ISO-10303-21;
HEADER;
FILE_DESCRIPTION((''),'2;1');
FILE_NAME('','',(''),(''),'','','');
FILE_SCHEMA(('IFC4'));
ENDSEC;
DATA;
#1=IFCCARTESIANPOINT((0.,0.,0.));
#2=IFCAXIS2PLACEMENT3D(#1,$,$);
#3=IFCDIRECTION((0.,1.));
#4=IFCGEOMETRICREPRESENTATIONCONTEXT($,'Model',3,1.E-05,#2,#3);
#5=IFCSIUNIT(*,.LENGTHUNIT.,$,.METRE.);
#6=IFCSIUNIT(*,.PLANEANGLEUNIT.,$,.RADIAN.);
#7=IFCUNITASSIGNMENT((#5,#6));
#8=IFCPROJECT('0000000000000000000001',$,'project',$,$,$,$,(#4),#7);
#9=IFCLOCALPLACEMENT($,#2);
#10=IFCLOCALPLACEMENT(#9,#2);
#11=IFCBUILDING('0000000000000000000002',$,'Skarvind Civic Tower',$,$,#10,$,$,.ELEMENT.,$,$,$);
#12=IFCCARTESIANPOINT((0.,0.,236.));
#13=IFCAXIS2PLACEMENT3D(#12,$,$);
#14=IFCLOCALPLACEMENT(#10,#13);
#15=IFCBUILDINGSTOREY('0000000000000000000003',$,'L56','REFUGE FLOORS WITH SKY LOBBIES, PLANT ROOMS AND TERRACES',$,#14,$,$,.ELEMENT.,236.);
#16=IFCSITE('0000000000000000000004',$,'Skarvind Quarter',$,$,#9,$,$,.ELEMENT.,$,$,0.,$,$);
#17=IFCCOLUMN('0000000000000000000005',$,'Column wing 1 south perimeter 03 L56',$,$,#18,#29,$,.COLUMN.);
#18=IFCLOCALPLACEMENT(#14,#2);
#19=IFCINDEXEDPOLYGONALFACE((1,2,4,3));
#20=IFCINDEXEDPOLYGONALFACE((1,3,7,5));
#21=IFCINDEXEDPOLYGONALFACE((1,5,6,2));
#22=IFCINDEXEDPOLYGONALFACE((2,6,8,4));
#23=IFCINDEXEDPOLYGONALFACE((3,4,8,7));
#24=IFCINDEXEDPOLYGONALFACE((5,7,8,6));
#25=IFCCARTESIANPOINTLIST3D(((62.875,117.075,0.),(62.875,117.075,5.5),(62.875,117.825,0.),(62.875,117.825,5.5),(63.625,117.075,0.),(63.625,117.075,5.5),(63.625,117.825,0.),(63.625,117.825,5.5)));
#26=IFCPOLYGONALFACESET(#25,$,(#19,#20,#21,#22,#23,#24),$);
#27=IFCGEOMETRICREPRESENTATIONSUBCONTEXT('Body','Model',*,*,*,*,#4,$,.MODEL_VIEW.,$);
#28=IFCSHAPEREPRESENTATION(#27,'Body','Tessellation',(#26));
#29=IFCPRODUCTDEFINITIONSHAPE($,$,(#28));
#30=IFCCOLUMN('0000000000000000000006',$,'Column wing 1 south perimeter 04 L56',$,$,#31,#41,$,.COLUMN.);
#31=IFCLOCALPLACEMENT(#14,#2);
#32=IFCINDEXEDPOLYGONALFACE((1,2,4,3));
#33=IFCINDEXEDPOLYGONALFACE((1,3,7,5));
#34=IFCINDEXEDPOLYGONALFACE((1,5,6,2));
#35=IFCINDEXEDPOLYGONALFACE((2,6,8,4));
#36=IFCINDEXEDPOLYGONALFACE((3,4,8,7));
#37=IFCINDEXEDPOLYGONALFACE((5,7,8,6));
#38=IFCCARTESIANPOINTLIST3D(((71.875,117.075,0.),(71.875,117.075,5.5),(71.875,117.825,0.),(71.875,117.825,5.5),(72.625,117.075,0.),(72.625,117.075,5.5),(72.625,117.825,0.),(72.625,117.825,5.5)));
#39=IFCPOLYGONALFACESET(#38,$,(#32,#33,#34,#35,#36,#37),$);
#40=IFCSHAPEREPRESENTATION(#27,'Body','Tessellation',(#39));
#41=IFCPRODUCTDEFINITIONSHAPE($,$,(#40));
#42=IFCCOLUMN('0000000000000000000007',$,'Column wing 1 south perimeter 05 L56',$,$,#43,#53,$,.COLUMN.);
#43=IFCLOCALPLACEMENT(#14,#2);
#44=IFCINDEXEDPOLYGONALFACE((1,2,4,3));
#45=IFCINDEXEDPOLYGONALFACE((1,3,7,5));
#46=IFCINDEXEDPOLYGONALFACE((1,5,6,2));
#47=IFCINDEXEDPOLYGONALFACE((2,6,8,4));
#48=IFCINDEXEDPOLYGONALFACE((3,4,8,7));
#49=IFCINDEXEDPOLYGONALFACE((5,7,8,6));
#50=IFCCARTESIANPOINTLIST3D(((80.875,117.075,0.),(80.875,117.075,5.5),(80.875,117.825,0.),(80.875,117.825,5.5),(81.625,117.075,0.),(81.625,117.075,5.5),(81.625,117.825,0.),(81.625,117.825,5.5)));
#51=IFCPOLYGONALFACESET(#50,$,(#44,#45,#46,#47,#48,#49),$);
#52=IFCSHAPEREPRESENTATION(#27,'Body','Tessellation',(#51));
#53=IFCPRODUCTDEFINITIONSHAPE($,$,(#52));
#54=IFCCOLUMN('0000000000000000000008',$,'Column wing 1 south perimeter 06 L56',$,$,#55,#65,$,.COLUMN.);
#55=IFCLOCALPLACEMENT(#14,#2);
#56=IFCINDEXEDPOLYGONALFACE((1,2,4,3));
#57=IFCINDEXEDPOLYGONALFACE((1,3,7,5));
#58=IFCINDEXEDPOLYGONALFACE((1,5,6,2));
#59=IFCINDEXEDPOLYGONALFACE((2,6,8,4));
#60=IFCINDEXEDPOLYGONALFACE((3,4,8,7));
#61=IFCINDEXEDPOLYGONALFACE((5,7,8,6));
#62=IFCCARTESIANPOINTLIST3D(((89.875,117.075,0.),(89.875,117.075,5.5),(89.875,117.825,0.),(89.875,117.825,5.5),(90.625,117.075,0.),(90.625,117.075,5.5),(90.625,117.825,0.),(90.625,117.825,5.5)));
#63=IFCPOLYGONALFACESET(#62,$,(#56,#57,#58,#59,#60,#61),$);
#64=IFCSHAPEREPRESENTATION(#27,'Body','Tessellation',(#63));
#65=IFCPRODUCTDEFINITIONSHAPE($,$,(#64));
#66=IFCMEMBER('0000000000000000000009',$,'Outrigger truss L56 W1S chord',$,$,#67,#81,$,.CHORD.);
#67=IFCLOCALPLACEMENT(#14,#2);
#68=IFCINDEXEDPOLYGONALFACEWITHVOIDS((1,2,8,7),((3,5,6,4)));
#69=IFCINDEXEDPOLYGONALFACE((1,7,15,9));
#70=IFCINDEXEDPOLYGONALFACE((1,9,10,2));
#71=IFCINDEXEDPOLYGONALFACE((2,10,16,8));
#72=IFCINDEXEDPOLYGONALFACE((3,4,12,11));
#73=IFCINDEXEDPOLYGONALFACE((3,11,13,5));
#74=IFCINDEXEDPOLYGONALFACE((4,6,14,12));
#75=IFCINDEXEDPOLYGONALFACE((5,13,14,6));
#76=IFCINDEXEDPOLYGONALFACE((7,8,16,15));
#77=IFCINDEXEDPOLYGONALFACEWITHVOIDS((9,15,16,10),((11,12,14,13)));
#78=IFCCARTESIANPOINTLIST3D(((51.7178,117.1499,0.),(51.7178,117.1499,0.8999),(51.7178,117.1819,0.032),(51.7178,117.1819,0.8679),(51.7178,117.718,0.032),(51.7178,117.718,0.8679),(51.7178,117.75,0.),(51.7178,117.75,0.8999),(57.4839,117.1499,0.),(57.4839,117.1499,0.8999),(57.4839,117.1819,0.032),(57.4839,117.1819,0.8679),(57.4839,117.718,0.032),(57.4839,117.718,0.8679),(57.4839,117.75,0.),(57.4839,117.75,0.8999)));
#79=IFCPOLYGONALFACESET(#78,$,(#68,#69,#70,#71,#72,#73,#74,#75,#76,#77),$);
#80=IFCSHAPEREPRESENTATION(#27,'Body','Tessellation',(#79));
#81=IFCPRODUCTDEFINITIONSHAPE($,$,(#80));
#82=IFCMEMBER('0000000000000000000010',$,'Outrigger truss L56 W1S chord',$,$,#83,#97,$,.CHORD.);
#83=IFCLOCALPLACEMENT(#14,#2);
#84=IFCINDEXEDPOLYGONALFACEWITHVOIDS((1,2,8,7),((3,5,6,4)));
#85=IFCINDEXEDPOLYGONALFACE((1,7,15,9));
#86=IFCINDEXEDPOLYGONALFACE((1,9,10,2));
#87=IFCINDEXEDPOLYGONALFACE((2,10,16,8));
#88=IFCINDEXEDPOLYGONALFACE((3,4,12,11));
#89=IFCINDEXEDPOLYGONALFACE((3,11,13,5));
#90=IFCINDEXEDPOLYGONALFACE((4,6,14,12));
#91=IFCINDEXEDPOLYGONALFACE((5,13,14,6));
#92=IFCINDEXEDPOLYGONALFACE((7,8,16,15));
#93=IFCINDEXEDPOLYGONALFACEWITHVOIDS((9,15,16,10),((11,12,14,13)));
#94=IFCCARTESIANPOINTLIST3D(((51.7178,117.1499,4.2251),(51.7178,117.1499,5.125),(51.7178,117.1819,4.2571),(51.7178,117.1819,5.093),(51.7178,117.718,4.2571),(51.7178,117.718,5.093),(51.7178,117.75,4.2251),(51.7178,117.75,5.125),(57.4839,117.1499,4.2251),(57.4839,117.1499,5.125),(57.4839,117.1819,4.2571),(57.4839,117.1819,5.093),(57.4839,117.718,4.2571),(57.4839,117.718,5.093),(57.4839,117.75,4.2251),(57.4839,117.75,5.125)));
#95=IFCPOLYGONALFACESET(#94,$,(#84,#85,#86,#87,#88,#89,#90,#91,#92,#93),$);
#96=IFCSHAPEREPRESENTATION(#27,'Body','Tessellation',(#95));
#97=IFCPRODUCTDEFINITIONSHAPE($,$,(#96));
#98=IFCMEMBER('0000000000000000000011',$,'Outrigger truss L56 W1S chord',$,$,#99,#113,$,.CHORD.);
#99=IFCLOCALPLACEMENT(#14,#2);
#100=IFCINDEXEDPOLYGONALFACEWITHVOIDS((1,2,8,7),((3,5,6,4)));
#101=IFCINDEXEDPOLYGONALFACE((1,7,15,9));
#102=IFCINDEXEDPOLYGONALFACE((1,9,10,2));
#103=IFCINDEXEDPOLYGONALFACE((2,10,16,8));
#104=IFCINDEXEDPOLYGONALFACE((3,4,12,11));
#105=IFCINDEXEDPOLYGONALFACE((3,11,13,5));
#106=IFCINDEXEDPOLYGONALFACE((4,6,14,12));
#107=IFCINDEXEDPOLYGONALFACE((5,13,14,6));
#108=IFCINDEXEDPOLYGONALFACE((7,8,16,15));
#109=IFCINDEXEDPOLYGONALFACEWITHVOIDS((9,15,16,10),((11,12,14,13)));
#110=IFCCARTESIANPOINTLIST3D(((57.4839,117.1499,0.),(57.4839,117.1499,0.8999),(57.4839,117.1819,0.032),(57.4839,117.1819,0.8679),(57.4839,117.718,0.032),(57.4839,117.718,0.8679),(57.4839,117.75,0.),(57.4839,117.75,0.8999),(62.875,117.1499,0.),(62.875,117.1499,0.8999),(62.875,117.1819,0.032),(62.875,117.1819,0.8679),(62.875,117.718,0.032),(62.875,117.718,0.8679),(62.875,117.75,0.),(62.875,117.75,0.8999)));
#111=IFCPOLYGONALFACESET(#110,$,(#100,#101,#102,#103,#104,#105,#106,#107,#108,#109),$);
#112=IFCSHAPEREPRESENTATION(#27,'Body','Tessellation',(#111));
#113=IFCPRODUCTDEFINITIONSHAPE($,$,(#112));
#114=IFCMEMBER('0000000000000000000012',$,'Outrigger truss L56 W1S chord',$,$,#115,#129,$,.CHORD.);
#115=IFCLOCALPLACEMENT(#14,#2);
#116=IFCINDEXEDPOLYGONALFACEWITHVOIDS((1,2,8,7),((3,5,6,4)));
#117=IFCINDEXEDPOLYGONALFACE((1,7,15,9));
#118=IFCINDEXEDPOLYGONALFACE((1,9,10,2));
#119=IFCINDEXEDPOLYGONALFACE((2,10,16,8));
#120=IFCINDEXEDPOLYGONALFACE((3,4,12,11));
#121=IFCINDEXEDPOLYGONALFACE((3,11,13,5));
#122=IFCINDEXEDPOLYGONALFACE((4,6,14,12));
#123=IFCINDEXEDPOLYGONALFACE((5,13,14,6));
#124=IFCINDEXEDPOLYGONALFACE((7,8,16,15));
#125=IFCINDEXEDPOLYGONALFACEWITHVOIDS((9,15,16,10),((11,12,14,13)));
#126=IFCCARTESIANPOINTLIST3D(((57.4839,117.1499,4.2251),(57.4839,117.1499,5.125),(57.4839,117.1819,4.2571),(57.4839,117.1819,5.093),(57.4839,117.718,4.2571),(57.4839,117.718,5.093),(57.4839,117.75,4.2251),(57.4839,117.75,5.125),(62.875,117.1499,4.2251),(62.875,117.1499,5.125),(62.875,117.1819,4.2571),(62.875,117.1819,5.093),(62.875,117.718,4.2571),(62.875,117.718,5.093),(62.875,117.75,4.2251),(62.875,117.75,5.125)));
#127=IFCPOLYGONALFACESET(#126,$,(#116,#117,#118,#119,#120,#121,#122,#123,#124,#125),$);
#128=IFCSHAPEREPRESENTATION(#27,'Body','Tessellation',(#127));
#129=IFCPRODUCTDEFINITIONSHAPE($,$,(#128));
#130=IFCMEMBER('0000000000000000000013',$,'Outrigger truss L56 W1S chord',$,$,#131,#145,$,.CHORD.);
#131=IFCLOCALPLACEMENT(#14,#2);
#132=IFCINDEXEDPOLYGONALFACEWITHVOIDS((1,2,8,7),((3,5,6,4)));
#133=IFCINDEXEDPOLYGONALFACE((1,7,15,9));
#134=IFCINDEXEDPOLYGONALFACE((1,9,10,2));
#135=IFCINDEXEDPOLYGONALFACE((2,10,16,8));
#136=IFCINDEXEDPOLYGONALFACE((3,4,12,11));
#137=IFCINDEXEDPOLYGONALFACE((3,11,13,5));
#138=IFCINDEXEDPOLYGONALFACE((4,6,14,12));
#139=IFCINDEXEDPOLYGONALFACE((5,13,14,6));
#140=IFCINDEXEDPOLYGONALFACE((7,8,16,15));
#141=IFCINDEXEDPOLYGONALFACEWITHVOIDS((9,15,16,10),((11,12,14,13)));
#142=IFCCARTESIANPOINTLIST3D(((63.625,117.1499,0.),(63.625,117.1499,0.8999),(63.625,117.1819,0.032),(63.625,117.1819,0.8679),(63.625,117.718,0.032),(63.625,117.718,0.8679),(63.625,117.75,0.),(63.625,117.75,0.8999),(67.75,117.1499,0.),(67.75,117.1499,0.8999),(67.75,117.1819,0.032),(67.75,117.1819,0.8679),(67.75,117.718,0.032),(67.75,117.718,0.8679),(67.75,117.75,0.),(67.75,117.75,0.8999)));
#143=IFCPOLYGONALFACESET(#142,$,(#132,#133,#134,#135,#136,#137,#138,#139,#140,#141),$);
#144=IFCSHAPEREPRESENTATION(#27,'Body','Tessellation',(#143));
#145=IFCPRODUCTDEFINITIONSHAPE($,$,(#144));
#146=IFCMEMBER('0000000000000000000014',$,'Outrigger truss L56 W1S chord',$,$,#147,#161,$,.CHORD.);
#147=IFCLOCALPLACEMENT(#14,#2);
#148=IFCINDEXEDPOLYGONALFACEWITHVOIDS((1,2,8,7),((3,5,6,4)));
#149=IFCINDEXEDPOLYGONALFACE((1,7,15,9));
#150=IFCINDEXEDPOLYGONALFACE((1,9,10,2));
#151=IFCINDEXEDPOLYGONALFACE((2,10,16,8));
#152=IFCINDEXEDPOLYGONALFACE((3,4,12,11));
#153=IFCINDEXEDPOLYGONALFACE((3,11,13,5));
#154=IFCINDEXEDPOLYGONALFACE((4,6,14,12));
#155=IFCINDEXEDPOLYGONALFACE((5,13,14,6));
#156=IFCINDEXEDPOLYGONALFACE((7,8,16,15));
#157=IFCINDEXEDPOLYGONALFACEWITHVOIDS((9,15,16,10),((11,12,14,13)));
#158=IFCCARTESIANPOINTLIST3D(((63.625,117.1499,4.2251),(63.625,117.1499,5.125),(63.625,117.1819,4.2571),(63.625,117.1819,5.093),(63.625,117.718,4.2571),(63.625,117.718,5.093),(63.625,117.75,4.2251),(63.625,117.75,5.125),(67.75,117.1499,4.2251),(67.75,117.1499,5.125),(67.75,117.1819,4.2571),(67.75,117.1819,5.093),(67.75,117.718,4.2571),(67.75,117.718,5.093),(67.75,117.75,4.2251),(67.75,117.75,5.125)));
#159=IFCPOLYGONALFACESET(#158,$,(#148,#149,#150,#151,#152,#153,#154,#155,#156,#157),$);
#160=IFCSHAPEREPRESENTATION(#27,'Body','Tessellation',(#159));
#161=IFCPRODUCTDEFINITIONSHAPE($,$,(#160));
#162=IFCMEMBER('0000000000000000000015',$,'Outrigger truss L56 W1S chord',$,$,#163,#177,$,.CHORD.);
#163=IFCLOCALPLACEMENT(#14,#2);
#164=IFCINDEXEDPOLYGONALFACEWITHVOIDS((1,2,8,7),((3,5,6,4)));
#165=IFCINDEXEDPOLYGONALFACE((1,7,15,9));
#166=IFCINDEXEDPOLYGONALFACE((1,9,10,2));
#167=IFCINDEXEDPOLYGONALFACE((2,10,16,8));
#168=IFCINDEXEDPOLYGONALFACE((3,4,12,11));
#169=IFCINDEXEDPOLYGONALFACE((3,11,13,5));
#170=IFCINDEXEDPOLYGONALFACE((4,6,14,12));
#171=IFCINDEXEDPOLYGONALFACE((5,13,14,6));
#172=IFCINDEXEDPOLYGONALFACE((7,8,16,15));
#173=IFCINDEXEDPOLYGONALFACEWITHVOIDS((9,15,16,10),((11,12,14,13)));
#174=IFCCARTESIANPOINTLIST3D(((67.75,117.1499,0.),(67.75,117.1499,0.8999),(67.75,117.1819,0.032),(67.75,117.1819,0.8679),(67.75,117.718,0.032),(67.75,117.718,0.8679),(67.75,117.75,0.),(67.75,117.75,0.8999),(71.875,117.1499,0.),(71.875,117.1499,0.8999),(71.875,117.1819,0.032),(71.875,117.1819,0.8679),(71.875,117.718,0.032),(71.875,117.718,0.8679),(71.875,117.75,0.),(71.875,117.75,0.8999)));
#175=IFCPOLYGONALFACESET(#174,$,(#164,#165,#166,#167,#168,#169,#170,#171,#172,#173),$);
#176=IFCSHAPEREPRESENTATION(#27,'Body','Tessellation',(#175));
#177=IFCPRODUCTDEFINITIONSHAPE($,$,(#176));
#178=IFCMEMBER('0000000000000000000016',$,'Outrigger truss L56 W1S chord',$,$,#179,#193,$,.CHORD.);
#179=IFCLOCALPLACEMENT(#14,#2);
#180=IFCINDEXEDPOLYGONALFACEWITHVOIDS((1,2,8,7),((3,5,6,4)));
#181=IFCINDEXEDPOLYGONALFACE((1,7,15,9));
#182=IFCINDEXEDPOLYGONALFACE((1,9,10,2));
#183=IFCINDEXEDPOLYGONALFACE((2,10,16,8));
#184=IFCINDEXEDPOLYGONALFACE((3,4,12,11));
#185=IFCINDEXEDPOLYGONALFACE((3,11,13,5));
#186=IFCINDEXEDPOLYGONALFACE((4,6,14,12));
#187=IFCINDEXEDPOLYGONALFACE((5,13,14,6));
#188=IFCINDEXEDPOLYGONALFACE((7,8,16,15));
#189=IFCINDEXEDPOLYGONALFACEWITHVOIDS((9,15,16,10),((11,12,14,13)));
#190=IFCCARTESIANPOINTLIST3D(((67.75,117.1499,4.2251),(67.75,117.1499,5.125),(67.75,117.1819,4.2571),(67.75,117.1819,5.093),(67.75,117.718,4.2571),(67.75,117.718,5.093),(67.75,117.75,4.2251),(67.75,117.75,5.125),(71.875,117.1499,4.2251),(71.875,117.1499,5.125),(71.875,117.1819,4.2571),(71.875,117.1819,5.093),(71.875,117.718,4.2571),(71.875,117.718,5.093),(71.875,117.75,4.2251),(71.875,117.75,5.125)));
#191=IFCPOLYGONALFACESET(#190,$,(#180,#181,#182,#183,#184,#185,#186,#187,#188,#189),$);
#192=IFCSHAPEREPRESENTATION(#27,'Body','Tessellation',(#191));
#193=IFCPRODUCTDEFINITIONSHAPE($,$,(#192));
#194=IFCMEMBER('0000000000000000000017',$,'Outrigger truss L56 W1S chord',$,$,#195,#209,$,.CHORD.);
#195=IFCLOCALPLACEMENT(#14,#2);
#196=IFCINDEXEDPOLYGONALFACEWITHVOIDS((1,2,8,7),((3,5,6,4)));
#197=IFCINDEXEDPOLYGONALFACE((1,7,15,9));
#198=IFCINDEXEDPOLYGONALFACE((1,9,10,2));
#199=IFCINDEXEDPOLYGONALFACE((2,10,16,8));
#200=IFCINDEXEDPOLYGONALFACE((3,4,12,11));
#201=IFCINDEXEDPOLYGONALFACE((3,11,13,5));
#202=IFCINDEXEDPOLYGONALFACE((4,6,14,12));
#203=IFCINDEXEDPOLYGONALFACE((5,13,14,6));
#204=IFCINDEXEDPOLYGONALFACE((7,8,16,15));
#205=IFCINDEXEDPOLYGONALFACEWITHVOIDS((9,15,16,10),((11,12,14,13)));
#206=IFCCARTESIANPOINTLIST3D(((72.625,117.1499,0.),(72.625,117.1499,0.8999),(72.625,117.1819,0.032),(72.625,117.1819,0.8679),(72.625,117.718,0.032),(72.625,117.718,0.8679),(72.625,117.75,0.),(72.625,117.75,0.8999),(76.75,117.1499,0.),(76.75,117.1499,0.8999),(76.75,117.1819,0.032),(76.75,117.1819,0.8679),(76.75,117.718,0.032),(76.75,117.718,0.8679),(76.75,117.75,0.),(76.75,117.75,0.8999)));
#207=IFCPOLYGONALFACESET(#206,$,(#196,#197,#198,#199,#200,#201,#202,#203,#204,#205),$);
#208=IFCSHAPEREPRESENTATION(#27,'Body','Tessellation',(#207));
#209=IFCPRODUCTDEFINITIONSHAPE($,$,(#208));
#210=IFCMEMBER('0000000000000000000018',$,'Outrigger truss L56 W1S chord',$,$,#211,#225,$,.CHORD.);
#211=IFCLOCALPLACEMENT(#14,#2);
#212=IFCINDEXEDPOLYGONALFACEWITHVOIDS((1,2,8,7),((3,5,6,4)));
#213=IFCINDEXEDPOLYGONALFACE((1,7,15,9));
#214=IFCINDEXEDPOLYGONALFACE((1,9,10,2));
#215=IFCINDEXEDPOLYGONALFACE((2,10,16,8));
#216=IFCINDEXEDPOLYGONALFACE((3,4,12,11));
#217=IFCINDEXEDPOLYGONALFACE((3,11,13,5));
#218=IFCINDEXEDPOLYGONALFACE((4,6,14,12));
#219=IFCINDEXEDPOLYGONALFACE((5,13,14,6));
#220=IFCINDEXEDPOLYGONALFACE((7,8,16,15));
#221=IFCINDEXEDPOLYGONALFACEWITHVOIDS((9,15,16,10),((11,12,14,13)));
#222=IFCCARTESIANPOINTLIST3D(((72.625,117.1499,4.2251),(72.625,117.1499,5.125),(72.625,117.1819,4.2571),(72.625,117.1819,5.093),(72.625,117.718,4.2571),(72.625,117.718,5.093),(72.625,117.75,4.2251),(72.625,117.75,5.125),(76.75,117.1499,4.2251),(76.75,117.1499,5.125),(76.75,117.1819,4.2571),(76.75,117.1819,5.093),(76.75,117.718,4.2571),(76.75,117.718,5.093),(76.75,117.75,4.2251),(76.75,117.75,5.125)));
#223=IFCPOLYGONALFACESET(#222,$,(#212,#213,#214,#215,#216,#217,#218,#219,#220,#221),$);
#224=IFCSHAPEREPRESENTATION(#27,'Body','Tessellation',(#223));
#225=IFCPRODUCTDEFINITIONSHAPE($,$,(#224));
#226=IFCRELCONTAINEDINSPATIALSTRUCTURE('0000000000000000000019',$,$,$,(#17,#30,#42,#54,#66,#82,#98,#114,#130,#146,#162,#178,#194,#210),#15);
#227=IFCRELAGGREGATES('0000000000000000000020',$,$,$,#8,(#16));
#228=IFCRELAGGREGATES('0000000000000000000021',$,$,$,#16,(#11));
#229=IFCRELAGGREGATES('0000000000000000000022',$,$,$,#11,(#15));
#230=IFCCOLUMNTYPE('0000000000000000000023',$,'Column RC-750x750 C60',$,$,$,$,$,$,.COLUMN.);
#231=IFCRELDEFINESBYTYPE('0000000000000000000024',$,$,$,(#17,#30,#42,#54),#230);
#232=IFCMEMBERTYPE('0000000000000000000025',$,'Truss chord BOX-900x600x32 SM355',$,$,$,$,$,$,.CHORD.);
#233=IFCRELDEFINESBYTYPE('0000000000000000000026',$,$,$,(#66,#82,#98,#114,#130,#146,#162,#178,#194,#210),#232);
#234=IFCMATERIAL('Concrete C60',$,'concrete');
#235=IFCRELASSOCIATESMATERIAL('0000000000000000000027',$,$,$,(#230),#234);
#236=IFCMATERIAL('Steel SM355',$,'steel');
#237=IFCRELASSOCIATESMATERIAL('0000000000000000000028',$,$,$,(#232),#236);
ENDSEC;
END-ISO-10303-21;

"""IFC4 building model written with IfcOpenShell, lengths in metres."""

from ifc_helpers import new_model, si_unit, direction, frame, origin, origin_2d, place, context, subcontext, project, spatial, rectangle, hollow_rectangle, extrude, material, material_profile, profile_set, type_object, element, save


model = new_model("IFC4")

# Units and contexts
model_context = context("Model", 3, precision=1e-05, world=origin(), true_north=direction((0.0, 1.0)))
body_context = subcontext(model_context, "Body", "Model", "MODEL_VIEW")
ifc_project = project(units=[si_unit("LENGTHUNIT", "METRE"), si_unit("PLANEANGLEUNIT", "RADIAN")], contexts=[model_context])

# Site, building, storey
site_placement = place(None, origin())
site = spatial("IfcSite", under=ifc_project, at=site_placement, Name="Skarvind Quarter", CompositionType="ELEMENT", RefElevation=0.0)
building_placement = place(site_placement, origin())
building = spatial("IfcBuilding", under=site, at=building_placement, Name="Skarvind Civic Tower", CompositionType="ELEMENT")
storey_placement = place(building_placement, frame((0.0, 0.0, 236.0)))
storey = spatial("IfcBuildingStorey", under=building, at=storey_placement, Name="L56", Description="REFUGE FLOORS WITH SKY LOBBIES, PLANT ROOMS AND TERRACES", CompositionType="ELEMENT", Elevation=236.0)

# Columns
ifc_material_1 = material(Name="Concrete C60", Category="concrete")
ifc_material_profile_1 = material_profile(ifc_material_1, rectangle(XDim=0.75, YDim=0.75, at=origin_2d()), Name="RC-750x750")
ifc_profile_set_1 = profile_set([ifc_material_profile_1], Name="Concrete C60")
column_type = type_object("IfcColumnType", Name="Column RC-750x750 C60", PredefinedType="COLUMN", material=ifc_profile_set_1)
for number, where, z_axis, x_axis, name in (
    (1, (63.25, 117.45, 0.0), (0.0, 0.0, 1.0), (1.0, 0.0, 0.0), "Column wing 1 south perimeter 03 L56"),
    (2, (72.25, 117.45, 0.0), (0.0, 0.0, 1.0), (1.0, 0.0, 0.0), "Column wing 1 south perimeter 04 L56"),
    (3, (81.25, 117.45, 0.0), (0.0, 0.0, 1.0), (1.0, 0.0, 0.0), "Column wing 1 south perimeter 05 L56"),
    (4, (90.25, 117.45, 0.0), (0.0, 0.0, 1.0), (1.0, 0.0, 0.0), "Column wing 1 south perimeter 06 L56"),
):
    element("IfcColumn", number, at=place(storey_placement, frame(where, z_axis=z_axis, x_axis=x_axis)), inside=storey, type_object=column_type, Name=name, PredefinedType="COLUMN", context=body_context, shape_type="SweptSolid", body=[
        extrude(rectangle(XDim=0.75, YDim=0.75, at=origin_2d()), origin(), (0.0, 0.0, 1.0), 5.5),
    ])

# Members
ifc_material_2 = material(Name="Steel SM355", Category="steel")
ifc_material_profile_2 = material_profile(ifc_material_2, hollow_rectangle(XDim=0.6001, YDim=0.8999, WallThickness=0.032, at=origin_2d()), Name="BOX-900x600x32")
ifc_profile_set_2 = profile_set([ifc_material_profile_2], Name="Steel SM355")
member_type_1 = type_object("IfcMemberType", Name="Truss chord BOX-900x600x32 SM355", PredefinedType="CHORD", material=ifc_profile_set_2)
for number, where, z_axis, x_axis, name in (
    (5, (51.7178, 117.45, 0.45), (1.0, 0.0, 0.0), (0.0, 1.0, 0.0), "Outrigger truss L56 W1S chord"),
    (6, (51.7178, 117.45, 4.675), (1.0, 0.0, 0.0), (0.0, 1.0, 0.0), "Outrigger truss L56 W1S chord"),
):
    element("IfcMember", number, at=place(storey_placement, frame(where, z_axis=z_axis, x_axis=x_axis)), inside=storey, type_object=member_type_1, Name=name, PredefinedType="CHORD", context=body_context, shape_type="SweptSolid", body=[
        extrude(hollow_rectangle(XDim=0.6001, YDim=0.8999, WallThickness=0.032, at=origin_2d()), origin(), (0.0, 0.0, 1.0), 5.7661),
    ])
for number, where, z_axis, x_axis, name in (
    (7, (57.4839, 117.45, 0.45), (1.0, 0.0, 0.0), (0.0, 1.0, 0.0), "Outrigger truss L56 W1S chord"),
    (8, (57.4839, 117.45, 4.675), (1.0, 0.0, 0.0), (0.0, 1.0, 0.0), "Outrigger truss L56 W1S chord"),
):
    element("IfcMember", number, at=place(storey_placement, frame(where, z_axis=z_axis, x_axis=x_axis)), inside=storey, type_object=member_type_1, Name=name, PredefinedType="CHORD", context=body_context, shape_type="SweptSolid", body=[
        extrude(hollow_rectangle(XDim=0.6001, YDim=0.8999, WallThickness=0.032, at=origin_2d()), origin(), (0.0, 0.0, 1.0), 5.3911),
    ])
for number, where, z_axis, x_axis, name in (
    (9, (63.625, 117.45, 0.45), (1.0, 0.0, 0.0), (0.0, 1.0, 0.0), "Outrigger truss L56 W1S chord"),
    (10, (63.625, 117.45, 4.675), (1.0, 0.0, 0.0), (0.0, 1.0, 0.0), "Outrigger truss L56 W1S chord"),
    (11, (67.75, 117.45, 0.45), (1.0, 0.0, 0.0), (0.0, 1.0, 0.0), "Outrigger truss L56 W1S chord"),
    (12, (67.75, 117.45, 4.675), (1.0, 0.0, 0.0), (0.0, 1.0, 0.0), "Outrigger truss L56 W1S chord"),
    (13, (72.625, 117.45, 0.45), (1.0, 0.0, 0.0), (0.0, 1.0, 0.0), "Outrigger truss L56 W1S chord"),
    (14, (72.625, 117.45, 4.675), (1.0, 0.0, 0.0), (0.0, 1.0, 0.0), "Outrigger truss L56 W1S chord"),
):
    element("IfcMember", number, at=place(storey_placement, frame(where, z_axis=z_axis, x_axis=x_axis)), inside=storey, type_object=member_type_1, Name=name, PredefinedType="CHORD", context=body_context, shape_type="SweptSolid", body=[
        extrude(hollow_rectangle(XDim=0.6001, YDim=0.8999, WallThickness=0.032, at=origin_2d()), origin(), (0.0, 0.0, 1.0), 4.125),
    ])

save(model, "model.ifc")
